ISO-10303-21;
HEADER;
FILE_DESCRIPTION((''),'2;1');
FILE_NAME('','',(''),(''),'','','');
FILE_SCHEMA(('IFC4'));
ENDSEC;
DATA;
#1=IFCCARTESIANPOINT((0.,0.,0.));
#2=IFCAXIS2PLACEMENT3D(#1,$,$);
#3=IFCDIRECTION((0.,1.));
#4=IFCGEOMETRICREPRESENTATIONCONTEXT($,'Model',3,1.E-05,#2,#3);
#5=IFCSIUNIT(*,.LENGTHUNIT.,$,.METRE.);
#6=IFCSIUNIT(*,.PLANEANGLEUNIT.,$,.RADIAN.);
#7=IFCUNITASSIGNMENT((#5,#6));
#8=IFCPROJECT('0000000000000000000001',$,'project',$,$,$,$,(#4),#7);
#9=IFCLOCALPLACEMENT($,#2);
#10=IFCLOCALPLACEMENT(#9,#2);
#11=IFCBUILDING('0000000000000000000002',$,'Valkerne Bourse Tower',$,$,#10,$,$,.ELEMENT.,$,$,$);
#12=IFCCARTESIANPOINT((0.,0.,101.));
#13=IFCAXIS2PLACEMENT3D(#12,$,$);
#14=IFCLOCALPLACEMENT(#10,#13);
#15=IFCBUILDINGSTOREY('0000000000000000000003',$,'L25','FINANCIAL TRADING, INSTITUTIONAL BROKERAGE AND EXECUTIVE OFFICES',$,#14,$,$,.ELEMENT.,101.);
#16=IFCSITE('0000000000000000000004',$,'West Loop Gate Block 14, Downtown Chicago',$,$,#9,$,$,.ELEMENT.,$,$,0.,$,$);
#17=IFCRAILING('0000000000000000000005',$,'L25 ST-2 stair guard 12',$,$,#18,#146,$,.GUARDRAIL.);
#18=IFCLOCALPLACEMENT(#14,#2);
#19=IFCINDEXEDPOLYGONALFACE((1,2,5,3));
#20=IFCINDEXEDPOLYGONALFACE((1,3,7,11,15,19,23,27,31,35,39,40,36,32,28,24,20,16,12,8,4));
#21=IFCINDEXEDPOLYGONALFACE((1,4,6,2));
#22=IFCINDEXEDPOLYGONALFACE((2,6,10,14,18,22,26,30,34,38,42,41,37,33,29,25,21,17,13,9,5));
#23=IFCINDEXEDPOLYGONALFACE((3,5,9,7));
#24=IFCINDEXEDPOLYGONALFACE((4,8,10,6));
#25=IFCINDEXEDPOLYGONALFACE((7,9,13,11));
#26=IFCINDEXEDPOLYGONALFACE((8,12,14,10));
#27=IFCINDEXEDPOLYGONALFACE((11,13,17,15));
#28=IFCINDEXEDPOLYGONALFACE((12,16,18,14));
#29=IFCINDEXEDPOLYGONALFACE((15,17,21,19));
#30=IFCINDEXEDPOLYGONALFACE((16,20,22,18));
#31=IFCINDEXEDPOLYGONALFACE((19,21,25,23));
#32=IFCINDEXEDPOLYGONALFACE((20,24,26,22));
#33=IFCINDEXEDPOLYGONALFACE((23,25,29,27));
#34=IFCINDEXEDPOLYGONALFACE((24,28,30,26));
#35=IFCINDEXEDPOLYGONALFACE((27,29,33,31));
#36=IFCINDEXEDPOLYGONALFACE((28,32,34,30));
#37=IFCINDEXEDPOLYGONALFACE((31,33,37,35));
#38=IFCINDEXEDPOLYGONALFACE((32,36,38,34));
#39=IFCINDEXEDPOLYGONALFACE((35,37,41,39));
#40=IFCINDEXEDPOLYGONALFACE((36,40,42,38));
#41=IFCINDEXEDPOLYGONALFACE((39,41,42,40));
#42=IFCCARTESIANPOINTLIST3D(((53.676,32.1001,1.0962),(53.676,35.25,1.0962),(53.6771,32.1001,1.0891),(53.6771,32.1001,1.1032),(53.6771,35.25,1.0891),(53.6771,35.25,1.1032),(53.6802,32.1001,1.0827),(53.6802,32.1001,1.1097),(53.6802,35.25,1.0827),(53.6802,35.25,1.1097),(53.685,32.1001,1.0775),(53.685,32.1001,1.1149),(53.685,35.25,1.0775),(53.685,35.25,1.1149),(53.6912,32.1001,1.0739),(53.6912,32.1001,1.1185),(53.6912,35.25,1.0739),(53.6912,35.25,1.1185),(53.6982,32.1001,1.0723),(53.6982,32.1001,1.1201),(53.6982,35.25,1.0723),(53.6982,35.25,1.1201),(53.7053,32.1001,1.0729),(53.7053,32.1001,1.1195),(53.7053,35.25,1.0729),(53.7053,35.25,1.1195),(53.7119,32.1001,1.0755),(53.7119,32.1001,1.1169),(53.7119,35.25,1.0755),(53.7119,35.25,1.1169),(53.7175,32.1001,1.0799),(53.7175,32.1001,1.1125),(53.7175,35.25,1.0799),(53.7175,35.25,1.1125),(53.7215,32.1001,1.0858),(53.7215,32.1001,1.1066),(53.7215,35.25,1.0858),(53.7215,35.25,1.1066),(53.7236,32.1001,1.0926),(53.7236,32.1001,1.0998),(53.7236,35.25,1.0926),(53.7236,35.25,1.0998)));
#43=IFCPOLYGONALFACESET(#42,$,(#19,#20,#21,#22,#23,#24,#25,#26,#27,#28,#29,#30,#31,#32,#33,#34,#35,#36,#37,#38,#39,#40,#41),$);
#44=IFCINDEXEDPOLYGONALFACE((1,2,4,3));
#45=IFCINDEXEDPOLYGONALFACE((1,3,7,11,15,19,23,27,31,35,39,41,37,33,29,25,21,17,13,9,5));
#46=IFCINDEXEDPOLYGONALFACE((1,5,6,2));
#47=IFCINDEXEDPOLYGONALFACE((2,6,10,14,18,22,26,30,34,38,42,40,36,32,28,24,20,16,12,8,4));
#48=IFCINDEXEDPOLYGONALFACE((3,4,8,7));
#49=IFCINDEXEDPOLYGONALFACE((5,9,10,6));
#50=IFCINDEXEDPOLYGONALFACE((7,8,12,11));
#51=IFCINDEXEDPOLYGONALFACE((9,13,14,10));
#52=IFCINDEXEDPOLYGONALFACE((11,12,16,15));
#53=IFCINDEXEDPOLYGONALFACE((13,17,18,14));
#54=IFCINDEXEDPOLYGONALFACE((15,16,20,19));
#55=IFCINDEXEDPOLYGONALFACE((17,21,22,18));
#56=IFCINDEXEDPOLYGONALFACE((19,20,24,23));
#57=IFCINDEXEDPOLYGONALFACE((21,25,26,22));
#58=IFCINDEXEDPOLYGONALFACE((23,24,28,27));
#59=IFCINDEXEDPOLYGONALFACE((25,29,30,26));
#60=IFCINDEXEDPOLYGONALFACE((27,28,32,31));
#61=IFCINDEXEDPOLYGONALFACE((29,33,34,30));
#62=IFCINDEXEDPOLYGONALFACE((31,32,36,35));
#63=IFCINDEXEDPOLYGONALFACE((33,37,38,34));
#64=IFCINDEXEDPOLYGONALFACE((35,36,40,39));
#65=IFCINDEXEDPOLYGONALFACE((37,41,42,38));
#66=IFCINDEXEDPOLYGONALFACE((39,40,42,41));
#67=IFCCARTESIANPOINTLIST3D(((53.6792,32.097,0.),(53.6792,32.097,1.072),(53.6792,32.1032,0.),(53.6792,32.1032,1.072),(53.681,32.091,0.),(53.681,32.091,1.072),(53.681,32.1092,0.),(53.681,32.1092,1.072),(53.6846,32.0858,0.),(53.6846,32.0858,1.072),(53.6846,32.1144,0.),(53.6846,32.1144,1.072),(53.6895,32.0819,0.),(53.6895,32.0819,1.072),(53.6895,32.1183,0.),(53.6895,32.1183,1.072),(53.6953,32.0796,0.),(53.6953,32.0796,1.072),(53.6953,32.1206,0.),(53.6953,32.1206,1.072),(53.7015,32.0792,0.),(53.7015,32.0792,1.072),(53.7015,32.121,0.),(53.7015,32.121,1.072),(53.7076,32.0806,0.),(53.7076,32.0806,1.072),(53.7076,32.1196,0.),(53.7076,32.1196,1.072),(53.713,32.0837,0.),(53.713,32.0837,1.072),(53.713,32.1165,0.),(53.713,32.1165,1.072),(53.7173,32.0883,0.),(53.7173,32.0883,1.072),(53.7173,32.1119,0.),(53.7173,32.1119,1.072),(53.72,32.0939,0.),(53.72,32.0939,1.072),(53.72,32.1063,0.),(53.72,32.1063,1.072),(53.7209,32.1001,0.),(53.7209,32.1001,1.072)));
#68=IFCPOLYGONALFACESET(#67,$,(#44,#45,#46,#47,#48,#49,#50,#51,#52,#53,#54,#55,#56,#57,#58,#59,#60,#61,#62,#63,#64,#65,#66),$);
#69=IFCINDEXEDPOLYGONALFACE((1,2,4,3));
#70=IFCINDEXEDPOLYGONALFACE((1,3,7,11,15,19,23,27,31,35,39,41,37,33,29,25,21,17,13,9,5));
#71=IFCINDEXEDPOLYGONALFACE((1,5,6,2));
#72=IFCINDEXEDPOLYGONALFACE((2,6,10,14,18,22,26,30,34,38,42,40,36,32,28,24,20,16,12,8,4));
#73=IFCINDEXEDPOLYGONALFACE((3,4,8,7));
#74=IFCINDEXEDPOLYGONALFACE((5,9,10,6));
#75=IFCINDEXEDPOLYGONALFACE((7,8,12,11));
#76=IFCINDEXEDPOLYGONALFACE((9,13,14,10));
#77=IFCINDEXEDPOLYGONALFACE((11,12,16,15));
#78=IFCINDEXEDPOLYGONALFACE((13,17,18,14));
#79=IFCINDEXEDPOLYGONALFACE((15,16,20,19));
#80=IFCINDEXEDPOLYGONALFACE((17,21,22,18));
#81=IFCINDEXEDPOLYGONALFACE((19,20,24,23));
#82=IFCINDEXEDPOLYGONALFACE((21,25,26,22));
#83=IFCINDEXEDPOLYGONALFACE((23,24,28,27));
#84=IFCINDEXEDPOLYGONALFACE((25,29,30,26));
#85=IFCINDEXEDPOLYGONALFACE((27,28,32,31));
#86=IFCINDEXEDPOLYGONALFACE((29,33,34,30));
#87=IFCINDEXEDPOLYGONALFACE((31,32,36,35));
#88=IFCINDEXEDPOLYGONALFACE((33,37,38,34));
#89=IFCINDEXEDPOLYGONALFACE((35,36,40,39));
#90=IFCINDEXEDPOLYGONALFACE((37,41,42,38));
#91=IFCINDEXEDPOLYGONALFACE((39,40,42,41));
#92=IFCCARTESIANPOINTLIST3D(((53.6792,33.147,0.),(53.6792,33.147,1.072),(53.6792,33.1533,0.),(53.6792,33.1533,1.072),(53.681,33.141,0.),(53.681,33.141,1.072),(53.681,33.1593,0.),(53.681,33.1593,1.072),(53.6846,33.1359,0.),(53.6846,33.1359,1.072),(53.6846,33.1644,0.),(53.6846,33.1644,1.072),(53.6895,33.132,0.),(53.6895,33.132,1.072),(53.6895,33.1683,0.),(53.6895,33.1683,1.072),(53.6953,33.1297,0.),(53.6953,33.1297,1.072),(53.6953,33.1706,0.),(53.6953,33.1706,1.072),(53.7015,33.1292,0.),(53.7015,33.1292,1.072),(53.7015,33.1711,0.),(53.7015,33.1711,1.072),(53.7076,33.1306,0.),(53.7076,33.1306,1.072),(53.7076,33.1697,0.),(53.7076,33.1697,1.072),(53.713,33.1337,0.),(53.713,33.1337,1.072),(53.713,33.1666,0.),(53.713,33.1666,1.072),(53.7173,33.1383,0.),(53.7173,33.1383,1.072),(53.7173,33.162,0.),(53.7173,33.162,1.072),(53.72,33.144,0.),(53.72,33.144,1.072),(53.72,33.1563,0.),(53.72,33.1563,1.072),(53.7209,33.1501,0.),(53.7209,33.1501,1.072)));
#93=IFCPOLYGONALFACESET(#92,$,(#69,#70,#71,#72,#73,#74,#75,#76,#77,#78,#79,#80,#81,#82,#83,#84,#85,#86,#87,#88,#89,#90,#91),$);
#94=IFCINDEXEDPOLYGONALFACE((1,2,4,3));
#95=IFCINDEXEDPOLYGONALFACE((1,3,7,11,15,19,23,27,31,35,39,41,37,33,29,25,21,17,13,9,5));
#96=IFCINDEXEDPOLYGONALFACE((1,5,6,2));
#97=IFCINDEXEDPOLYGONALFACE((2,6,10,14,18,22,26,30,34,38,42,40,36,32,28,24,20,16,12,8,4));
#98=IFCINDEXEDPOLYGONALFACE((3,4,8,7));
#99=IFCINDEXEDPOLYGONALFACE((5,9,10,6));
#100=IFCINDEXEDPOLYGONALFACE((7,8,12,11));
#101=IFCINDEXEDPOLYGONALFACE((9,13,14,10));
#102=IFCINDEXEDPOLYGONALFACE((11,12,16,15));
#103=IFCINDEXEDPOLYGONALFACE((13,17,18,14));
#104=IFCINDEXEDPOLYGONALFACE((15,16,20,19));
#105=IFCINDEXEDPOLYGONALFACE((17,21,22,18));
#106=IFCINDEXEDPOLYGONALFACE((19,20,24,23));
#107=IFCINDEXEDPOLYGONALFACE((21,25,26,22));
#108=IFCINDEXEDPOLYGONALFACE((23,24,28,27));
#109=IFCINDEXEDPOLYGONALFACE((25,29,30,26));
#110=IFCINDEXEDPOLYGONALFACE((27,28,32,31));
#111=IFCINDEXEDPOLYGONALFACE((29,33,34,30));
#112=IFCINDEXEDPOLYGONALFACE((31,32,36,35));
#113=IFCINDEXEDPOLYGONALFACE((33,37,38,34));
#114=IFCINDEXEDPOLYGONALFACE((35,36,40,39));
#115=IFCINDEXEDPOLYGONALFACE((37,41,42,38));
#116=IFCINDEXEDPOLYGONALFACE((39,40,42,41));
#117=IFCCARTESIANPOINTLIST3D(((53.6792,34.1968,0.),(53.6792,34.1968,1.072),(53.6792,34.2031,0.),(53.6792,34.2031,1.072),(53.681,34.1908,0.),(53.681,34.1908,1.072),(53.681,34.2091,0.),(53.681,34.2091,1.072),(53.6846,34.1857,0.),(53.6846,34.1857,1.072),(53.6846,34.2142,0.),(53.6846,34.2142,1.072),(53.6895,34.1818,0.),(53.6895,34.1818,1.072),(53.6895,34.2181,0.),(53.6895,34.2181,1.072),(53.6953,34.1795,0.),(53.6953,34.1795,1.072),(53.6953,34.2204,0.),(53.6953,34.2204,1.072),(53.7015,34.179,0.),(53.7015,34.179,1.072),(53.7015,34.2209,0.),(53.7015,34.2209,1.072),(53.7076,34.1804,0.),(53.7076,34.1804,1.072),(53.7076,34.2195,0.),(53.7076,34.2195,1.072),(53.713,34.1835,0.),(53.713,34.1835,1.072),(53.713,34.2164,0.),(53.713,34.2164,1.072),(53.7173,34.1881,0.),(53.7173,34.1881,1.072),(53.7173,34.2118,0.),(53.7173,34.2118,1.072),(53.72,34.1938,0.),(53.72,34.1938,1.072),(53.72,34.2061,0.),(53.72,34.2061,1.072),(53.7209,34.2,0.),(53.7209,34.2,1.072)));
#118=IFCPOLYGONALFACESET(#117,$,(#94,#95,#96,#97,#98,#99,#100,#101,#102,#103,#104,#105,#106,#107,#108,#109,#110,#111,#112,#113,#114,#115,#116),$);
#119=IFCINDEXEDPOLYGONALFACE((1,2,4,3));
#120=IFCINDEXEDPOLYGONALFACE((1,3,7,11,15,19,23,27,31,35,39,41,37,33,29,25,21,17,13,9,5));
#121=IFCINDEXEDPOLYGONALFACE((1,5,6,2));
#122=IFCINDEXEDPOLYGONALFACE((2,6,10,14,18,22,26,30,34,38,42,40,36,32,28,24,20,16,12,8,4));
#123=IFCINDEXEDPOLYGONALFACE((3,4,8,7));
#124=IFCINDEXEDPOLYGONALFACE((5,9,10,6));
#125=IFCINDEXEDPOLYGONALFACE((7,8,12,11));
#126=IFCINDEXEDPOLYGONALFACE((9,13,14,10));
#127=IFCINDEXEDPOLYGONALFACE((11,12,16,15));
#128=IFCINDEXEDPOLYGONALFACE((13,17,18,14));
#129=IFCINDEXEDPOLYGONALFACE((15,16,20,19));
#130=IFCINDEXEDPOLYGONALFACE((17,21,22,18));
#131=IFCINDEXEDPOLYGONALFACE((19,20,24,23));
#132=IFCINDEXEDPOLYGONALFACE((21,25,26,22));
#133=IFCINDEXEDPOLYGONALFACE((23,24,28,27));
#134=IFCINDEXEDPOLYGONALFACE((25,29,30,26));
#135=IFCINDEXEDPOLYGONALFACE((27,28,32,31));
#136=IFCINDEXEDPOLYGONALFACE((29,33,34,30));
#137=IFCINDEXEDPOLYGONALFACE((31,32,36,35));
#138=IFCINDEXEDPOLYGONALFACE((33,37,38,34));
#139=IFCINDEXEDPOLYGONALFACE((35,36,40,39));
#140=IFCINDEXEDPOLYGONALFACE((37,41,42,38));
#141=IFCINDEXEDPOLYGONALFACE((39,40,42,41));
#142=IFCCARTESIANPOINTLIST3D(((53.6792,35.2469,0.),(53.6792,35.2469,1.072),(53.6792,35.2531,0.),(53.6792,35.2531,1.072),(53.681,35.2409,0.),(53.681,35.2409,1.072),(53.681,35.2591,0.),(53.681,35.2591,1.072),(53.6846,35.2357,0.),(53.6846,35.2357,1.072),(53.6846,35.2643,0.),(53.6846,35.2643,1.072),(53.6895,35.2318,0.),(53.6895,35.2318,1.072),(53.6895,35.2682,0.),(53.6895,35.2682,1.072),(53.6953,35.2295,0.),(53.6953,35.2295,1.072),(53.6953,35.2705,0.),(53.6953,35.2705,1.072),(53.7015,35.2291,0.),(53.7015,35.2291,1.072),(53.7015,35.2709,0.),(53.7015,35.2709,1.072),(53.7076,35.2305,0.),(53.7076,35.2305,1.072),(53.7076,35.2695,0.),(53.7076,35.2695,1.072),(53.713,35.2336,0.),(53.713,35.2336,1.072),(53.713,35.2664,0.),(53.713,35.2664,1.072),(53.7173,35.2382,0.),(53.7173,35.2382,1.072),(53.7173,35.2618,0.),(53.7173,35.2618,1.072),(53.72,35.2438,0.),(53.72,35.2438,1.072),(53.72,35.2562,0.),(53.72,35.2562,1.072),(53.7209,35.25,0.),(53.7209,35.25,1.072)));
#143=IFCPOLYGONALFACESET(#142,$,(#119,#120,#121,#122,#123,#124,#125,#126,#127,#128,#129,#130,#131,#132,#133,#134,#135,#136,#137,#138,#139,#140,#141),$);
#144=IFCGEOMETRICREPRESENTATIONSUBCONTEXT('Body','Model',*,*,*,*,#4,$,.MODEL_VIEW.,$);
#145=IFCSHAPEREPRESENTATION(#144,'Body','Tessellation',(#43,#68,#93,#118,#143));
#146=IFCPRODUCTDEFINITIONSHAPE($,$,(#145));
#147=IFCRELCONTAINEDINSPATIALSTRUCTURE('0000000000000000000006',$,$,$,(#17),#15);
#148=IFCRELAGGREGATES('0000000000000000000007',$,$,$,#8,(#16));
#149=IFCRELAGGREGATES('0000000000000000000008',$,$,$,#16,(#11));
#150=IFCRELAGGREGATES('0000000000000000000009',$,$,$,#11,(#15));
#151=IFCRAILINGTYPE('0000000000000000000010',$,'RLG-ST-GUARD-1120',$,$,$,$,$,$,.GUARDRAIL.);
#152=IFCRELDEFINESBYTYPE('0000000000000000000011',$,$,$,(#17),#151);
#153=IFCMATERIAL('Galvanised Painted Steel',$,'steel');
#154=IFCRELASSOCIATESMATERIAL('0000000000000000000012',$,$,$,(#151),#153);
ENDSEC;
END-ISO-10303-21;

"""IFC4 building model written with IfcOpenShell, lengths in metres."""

from ifc_helpers import new_model, si_unit, direction, frame, origin, origin_2d, place, context, subcontext, project, spatial, circle, extrude, material, type_object, element, save


model = new_model("IFC4")

# Units and contexts
model_context = context("Model", 3, precision=1e-05, world=origin(), true_north=direction((0.0, 1.0)))
body_context = subcontext(model_context, "Body", "Model", "MODEL_VIEW")
ifc_project = project(units=[si_unit("LENGTHUNIT", "METRE"), si_unit("PLANEANGLEUNIT", "RADIAN")], contexts=[model_context])

# Site, building, storey
site_placement = place(None, origin())
site = spatial("IfcSite", under=ifc_project, at=site_placement, Name="West Loop Gate Block 14, Downtown Chicago", CompositionType="ELEMENT", RefElevation=0.0)
building_placement = place(site_placement, origin())
building = spatial("IfcBuilding", under=site, at=building_placement, Name="Valkerne Bourse Tower", CompositionType="ELEMENT")
storey_placement = place(building_placement, frame((0.0, 0.0, 101.0)))
storey = spatial("IfcBuildingStorey", under=building, at=storey_placement, Name="L25", Description="FINANCIAL TRADING, INSTITUTIONAL BROKERAGE AND EXECUTIVE OFFICES", CompositionType="ELEMENT", Elevation=101.0)

# Railing
ifc_material_1 = material(Name="Galvanised Painted Steel", Category="steel")
railing_type_1 = type_object("IfcRailingType", Name="RLG-ST-GUARD-1120", PredefinedType="GUARDRAIL", material=ifc_material_1)
railing_1_placement = place(storey_placement, frame((53.7, 32.1001, 0.0)))
element("IfcRailing", 1, at=railing_1_placement, inside=storey, type_object=railing_type_1, Name="L25 ST-2 stair guard 12", PredefinedType="GUARDRAIL", context=body_context, shape_type="SweptSolid", body=[
    extrude(circle(Radius=0.0239, at=origin_2d()), frame((0.0, 0.0, 1.0962), z_axis=(0.0, 1.0, 0.0), x_axis=(-1.0, 0.0, 0.0)), (0.0, 0.0, 1.0), 3.1499),
    extrude(circle(Radius=0.021, at=origin_2d()), origin(), (0.0, 0.0, 1.0), 1.072),
    extrude(circle(Radius=0.021, at=origin_2d()), frame((0.0, 1.05, 0.0)), (0.0, 0.0, 1.0), 1.072),
    extrude(circle(Radius=0.021, at=origin_2d()), frame((0.0, 2.0999, 0.0)), (0.0, 0.0, 1.0), 1.072),
    extrude(circle(Radius=0.021, at=origin_2d()), frame((0.0, 3.1499, 0.0)), (0.0, 0.0, 1.0), 1.072),
])

save(model, "model.ifc")
